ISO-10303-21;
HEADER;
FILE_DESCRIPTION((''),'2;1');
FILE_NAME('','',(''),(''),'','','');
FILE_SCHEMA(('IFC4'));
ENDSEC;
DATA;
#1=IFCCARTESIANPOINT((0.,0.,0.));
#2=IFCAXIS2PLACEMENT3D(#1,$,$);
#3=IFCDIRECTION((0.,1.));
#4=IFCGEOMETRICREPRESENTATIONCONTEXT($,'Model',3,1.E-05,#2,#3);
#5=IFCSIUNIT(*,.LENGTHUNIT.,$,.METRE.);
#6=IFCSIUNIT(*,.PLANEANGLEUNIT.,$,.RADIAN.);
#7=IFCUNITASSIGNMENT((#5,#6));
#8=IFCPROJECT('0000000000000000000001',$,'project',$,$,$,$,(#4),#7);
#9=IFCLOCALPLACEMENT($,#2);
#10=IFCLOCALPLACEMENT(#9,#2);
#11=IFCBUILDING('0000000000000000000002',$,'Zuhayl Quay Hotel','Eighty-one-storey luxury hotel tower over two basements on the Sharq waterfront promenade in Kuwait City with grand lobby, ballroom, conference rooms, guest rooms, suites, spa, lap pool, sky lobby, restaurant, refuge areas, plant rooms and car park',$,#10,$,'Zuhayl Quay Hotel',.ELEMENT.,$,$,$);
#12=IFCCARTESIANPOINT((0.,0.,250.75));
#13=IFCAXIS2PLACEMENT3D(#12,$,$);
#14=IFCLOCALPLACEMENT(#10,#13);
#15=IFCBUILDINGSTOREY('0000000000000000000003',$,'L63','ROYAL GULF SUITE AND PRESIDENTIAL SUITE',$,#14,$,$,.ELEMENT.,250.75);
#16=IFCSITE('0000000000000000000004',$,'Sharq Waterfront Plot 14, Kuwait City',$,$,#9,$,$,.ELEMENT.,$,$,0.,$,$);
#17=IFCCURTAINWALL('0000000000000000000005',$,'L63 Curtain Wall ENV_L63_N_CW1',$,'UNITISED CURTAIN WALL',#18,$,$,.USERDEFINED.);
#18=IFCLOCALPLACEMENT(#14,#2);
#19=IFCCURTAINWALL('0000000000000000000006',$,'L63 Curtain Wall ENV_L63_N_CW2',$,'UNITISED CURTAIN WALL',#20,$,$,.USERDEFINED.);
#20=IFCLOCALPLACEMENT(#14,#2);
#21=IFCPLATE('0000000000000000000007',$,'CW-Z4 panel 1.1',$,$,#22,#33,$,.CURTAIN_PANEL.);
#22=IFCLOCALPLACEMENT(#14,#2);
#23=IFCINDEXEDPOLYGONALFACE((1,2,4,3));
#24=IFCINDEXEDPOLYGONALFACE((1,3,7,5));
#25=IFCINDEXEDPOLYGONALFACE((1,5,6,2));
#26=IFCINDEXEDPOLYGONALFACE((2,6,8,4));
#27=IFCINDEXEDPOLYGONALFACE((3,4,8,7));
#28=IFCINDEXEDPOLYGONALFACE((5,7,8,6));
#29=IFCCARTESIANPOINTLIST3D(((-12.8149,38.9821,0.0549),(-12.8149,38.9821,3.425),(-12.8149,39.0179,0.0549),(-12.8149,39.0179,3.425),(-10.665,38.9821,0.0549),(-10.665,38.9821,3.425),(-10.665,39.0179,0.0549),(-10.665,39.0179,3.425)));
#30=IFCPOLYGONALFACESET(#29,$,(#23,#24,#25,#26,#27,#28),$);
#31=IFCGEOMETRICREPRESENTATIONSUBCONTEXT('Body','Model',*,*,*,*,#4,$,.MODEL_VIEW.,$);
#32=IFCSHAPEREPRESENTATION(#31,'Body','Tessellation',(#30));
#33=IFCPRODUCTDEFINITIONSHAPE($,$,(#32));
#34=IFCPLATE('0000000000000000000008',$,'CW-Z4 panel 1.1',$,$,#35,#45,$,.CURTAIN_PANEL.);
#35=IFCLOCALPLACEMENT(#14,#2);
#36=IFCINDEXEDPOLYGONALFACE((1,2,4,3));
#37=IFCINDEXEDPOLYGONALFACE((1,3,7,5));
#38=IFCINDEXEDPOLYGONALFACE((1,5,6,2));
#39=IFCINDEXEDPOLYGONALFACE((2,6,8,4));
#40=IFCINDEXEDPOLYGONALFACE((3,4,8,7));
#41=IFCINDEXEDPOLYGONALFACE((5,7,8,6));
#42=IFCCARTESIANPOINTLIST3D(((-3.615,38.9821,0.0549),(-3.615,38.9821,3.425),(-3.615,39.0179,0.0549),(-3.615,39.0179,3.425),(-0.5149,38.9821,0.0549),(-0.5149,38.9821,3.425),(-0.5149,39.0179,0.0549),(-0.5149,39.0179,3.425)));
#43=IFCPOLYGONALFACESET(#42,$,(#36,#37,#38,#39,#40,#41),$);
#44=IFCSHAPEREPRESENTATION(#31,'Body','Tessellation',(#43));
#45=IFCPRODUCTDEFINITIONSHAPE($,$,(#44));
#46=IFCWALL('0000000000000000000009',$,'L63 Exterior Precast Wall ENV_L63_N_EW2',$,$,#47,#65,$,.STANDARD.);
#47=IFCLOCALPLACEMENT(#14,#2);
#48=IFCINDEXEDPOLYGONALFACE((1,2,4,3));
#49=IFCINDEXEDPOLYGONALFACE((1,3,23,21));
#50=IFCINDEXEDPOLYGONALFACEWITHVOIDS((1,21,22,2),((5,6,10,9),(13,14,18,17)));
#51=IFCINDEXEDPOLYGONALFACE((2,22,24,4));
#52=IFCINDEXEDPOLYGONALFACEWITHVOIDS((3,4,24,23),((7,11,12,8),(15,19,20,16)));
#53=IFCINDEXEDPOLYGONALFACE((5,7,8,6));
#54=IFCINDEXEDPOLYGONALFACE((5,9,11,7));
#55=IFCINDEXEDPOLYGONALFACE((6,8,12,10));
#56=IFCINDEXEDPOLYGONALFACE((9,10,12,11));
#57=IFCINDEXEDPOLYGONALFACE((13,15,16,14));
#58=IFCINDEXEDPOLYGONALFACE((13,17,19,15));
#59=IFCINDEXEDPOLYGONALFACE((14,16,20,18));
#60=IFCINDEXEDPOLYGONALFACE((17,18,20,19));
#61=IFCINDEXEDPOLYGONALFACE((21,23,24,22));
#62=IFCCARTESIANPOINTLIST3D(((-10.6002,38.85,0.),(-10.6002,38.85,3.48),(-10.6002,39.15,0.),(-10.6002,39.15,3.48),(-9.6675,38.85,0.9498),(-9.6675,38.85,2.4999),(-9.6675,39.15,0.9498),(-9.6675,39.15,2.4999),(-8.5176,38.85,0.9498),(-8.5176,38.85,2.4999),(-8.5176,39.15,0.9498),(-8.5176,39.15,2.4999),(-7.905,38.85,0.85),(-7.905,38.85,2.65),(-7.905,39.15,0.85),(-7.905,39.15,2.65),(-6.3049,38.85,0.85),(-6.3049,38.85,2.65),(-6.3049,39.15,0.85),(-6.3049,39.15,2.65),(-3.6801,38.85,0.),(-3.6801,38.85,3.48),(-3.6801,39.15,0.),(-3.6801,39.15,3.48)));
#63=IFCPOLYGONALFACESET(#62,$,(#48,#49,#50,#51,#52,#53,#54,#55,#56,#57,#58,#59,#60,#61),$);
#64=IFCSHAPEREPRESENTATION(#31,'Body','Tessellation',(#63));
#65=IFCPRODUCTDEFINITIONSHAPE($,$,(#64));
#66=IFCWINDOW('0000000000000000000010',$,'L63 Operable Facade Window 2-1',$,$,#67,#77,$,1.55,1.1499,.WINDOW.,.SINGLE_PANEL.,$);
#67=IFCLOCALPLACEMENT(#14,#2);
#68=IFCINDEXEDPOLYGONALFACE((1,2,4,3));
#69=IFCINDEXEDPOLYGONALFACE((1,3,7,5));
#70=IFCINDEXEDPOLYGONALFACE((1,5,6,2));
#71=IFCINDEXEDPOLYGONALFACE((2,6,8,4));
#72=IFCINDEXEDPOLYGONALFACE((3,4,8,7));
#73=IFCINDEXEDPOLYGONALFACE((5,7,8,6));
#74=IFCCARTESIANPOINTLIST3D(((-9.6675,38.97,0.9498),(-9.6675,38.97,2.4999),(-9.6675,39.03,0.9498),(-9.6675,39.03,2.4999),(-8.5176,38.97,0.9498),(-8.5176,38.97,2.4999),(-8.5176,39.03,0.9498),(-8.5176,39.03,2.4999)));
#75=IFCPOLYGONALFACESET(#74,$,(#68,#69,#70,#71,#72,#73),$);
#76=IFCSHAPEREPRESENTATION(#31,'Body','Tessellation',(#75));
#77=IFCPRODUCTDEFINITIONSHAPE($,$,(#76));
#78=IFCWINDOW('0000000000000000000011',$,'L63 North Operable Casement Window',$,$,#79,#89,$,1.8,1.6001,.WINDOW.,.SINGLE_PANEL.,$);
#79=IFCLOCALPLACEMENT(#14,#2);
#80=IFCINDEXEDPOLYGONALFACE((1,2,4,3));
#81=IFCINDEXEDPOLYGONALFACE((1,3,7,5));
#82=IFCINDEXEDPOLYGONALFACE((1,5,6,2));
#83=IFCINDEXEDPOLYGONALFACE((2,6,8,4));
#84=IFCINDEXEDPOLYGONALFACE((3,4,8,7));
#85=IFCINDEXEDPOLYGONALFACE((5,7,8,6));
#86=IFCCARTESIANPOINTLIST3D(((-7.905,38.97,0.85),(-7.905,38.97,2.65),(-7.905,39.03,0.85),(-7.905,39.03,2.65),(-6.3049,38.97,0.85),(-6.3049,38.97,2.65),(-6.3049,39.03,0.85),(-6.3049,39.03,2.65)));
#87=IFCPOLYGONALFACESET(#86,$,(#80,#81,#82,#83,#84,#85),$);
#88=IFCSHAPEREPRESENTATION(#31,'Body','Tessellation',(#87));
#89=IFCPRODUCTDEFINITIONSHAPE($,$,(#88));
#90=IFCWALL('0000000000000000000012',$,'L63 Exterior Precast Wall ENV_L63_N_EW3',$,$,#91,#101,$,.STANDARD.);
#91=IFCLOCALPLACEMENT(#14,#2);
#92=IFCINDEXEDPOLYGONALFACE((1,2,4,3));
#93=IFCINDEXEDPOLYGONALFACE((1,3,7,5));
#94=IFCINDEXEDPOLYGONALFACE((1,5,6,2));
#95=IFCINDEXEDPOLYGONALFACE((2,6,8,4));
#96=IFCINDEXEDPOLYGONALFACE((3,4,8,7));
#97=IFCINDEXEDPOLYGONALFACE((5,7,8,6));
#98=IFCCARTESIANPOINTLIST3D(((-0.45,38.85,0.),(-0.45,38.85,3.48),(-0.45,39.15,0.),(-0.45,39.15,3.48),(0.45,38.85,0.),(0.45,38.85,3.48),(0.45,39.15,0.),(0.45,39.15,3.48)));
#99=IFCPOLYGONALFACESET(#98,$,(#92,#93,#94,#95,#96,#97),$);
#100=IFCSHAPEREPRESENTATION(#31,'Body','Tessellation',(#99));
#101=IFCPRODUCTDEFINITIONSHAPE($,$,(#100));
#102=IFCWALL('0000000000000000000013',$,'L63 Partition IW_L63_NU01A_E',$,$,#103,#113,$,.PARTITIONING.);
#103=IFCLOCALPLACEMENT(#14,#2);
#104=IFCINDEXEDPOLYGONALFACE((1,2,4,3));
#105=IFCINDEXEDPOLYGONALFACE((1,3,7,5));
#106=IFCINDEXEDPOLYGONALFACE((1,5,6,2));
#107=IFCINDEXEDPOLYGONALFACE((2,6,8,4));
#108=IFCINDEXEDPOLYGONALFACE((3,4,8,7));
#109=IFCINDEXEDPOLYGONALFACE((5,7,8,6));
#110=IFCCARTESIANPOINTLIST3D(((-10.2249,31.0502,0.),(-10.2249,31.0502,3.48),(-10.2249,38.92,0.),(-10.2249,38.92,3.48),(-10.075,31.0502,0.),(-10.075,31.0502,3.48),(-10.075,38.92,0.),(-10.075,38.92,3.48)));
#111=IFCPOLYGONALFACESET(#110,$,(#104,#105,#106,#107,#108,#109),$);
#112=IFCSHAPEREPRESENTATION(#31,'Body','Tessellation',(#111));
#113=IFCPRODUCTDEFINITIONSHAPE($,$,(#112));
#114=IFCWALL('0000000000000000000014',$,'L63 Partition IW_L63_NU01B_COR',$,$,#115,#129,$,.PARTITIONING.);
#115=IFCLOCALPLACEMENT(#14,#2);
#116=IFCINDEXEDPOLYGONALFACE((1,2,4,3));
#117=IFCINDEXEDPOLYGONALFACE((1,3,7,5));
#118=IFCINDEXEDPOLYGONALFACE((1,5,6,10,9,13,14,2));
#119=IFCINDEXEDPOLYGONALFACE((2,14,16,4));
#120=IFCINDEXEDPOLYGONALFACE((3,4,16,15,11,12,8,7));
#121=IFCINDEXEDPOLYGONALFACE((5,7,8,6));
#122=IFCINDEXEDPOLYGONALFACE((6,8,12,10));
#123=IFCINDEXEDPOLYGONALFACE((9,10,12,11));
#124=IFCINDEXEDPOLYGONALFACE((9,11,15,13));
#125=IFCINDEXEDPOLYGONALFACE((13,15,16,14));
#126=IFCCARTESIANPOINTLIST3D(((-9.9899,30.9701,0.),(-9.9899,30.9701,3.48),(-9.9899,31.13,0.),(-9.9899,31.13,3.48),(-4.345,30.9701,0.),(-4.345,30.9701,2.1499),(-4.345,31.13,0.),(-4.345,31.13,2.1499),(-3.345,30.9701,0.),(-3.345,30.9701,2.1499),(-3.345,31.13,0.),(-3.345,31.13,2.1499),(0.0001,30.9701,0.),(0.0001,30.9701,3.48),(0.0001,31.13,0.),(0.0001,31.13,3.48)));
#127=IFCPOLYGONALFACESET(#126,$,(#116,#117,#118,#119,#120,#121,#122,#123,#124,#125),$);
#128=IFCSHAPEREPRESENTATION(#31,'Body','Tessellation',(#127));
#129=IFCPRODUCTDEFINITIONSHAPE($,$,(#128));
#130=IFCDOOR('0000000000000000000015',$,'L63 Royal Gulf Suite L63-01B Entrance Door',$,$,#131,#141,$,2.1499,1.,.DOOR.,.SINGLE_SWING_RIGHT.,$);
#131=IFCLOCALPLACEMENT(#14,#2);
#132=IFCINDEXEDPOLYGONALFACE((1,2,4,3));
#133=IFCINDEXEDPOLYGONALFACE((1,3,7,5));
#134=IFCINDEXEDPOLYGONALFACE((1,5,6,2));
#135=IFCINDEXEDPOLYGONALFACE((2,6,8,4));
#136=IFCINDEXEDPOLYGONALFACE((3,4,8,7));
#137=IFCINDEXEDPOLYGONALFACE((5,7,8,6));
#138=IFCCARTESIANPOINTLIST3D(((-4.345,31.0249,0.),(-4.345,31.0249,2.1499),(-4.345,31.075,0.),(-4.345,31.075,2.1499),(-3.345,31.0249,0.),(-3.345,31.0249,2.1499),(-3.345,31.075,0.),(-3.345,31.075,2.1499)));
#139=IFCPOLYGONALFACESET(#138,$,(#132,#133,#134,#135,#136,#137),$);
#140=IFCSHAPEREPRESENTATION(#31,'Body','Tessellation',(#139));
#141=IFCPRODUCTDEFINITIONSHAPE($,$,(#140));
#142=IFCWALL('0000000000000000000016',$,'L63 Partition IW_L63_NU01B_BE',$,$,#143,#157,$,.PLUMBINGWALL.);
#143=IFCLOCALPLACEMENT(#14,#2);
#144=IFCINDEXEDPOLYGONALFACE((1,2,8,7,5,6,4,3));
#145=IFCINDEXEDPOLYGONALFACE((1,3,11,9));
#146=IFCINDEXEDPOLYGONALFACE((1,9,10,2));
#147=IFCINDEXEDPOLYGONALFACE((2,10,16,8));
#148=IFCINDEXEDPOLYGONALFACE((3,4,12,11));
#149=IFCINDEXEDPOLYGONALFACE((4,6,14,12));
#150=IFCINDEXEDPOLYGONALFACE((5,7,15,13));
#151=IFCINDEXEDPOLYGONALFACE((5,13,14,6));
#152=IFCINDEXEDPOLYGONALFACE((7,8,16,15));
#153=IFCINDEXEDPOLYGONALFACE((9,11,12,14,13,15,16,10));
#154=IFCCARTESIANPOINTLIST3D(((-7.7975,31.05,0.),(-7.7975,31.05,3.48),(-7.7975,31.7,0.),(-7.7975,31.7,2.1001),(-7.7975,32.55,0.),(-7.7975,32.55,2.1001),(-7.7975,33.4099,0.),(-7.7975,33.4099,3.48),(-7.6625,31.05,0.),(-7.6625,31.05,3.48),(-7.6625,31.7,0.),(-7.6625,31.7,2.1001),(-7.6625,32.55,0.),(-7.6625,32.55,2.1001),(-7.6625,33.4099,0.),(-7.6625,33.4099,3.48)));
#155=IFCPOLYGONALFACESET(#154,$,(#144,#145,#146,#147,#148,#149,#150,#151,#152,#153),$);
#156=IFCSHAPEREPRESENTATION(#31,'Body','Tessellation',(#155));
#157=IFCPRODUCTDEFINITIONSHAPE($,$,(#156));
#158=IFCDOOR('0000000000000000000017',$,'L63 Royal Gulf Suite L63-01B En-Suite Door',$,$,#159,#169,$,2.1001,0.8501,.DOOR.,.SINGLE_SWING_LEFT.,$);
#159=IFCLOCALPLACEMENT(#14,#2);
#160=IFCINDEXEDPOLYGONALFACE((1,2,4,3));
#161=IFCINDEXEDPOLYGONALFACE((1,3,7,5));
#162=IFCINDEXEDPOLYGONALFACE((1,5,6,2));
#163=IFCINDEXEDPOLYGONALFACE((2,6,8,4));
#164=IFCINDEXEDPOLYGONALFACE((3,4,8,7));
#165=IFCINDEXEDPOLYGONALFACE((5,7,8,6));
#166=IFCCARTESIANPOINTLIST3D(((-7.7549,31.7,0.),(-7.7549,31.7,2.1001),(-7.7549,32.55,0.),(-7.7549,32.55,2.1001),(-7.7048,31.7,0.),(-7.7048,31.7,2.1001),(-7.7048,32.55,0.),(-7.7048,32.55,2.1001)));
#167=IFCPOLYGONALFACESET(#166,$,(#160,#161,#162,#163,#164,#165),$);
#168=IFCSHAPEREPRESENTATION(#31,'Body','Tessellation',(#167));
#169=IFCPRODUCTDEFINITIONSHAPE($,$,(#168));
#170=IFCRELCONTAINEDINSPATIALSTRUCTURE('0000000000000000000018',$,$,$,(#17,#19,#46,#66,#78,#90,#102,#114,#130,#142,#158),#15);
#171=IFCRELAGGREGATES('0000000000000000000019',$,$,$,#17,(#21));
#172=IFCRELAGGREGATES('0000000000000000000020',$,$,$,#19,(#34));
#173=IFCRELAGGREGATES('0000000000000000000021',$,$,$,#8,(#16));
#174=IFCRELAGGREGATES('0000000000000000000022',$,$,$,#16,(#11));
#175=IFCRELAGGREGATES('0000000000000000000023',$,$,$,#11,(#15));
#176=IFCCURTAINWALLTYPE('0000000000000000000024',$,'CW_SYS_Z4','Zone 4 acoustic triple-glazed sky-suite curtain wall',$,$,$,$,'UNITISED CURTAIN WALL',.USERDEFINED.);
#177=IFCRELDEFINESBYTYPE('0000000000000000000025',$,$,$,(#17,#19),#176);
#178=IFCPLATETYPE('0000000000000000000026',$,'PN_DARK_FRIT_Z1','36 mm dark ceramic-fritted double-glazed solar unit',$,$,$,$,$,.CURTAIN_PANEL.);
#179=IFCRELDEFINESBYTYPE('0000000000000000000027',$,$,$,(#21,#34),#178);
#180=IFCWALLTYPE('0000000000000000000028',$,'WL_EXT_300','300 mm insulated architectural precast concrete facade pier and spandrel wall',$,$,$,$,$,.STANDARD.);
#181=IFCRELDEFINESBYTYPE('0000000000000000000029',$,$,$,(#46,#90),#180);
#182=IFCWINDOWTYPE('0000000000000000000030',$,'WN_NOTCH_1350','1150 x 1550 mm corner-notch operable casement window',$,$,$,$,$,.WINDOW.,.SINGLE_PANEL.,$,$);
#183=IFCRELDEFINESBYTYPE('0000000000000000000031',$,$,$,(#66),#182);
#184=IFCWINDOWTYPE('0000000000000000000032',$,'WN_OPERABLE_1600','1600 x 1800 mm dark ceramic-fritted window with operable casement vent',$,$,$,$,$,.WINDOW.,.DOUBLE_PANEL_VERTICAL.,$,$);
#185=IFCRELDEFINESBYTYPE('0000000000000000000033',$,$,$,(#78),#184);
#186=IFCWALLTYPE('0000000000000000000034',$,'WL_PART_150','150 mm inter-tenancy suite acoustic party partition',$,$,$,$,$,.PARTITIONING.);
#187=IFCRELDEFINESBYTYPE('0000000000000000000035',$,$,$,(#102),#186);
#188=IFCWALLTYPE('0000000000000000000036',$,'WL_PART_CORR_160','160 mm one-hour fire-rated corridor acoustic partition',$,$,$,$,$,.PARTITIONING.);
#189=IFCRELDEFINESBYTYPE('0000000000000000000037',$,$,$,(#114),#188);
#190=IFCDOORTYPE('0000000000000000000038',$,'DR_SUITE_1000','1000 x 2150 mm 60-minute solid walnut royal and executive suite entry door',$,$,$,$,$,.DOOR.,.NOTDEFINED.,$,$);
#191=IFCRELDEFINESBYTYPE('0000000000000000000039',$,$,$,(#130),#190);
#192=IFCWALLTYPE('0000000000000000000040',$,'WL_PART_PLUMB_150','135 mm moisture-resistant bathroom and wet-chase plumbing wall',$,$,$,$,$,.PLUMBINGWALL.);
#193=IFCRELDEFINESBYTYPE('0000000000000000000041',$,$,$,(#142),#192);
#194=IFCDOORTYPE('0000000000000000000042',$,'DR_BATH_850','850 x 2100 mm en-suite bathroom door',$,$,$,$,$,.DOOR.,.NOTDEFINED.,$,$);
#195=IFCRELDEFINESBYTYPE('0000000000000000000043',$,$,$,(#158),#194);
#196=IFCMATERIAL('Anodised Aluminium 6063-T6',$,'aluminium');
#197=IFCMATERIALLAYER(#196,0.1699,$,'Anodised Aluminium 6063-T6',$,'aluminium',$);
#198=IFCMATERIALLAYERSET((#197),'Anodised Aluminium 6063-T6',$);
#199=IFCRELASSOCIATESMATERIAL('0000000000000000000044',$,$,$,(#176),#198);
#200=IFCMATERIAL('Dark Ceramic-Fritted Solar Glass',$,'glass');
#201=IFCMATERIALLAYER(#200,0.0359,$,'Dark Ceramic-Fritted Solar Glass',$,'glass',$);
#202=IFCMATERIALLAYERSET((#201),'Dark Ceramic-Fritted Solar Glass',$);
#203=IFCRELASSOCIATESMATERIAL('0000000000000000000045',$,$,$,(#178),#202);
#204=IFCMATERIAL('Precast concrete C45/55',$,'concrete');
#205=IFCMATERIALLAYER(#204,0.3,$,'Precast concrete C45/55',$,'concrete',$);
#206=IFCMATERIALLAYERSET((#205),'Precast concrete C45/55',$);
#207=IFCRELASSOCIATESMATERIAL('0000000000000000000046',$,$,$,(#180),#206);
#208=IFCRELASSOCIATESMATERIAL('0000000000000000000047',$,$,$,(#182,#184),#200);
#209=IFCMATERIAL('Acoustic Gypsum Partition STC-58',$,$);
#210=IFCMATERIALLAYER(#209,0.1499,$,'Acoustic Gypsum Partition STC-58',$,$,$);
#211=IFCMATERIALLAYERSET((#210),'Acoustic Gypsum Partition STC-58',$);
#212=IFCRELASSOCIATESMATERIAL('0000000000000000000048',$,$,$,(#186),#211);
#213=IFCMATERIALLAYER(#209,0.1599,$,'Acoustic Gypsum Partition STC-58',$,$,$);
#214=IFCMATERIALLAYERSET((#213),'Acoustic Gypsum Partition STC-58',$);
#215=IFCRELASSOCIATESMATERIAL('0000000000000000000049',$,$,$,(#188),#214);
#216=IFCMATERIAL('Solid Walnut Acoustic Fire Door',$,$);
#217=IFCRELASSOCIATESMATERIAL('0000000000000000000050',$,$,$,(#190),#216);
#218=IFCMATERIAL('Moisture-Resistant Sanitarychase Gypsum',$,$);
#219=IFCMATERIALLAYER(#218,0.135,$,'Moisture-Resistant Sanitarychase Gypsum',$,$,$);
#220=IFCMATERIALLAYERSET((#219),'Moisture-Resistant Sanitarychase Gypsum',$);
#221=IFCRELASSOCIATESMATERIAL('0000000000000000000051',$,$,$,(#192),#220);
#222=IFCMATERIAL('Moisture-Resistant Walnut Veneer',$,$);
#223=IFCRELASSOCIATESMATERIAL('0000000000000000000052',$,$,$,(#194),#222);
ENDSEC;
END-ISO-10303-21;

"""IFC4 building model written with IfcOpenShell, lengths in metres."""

from ifc_helpers import new_model, si_unit, direction, frame, frame_2d, origin, origin_2d, place, context, subcontext, project, spatial, rectangle, extrude, material, layer, layer_set, type_object, element, fill, aggregate, save


model = new_model("IFC4")

# Units and contexts
model_context = context("Model", 3, precision=1e-05, world=origin(), true_north=direction((0.0, 1.0)))
body_context = subcontext(model_context, "Body", "Model", "MODEL_VIEW")
ifc_project = project(units=[si_unit("LENGTHUNIT", "METRE"), si_unit("PLANEANGLEUNIT", "RADIAN")], contexts=[model_context])

# Site, building, storey
site_placement = place(None, origin())
site = spatial("IfcSite", under=ifc_project, at=site_placement, Name="Sharq Waterfront Plot 14, Kuwait City", CompositionType="ELEMENT", RefElevation=0.0)
building_placement = place(site_placement, origin())
building = spatial("IfcBuilding", under=site, at=building_placement, Name="Zuhayl Quay Hotel", Description="Eighty-one-storey luxury hotel tower over two basements on the Sharq waterfront promenade in Kuwait City with grand lobby, ballroom, conference rooms, guest rooms, suites, spa, lap pool, sky lobby, restaurant, refuge areas, plant rooms and car park", LongName="Zuhayl Quay Hotel", CompositionType="ELEMENT")
storey_placement = place(building_placement, frame((0.0, 0.0, 250.75)))
storey = spatial("IfcBuildingStorey", under=building, at=storey_placement, Name="L63", Description="ROYAL GULF SUITE AND PRESIDENTIAL SUITE", CompositionType="ELEMENT", Elevation=250.75)

# Curtain wall
ifc_material_1 = material(Name="Anodised Aluminium 6063-T6", Category="aluminium")
ifc_layer_1 = layer(ifc_material_1, 0.1699, Name="Anodised Aluminium 6063-T6", Category="aluminium")
ifc_layer_set_1 = layer_set([ifc_layer_1], Name="Anodised Aluminium 6063-T6")
curtain_wall_type = type_object("IfcCurtainWallType", Name="CW_SYS_Z4", Description="Zone 4 acoustic triple-glazed sky-suite curtain wall", ElementType="UNITISED CURTAIN WALL", PredefinedType="USERDEFINED", material=ifc_layer_set_1)
curtain_wall_1_placement = place(storey_placement, origin())
curtain_wall_1 = element("IfcCurtainWall", 1, at=curtain_wall_1_placement, inside=storey, type_object=curtain_wall_type, Name="L63 Curtain Wall ENV_L63_N_CW1", ObjectType="UNITISED CURTAIN WALL", PredefinedType="USERDEFINED")

# Curtain wall
curtain_wall_2_placement = place(storey_placement, origin())
curtain_wall_2 = element("IfcCurtainWall", 2, at=curtain_wall_2_placement, inside=storey, type_object=curtain_wall_type, Name="L63 Curtain Wall ENV_L63_N_CW2", ObjectType="UNITISED CURTAIN WALL", PredefinedType="USERDEFINED")

# Plates
ifc_material_2 = material(Name="Dark Ceramic-Fritted Solar Glass", Category="glass")
ifc_layer_2 = layer(ifc_material_2, 0.0359, Name="Dark Ceramic-Fritted Solar Glass", Category="glass")
ifc_layer_set_2 = layer_set([ifc_layer_2], Name="Dark Ceramic-Fritted Solar Glass")
plate_type = type_object("IfcPlateType", Name="PN_DARK_FRIT_Z1", Description="36 mm dark ceramic-fritted double-glazed solar unit", PredefinedType="CURTAIN_PANEL", material=ifc_layer_set_2)
plate_1_placement = place(storey_placement, frame((-11.74, 39.0, 0.0549), z_axis=(0.0, 0.0, 1.0), x_axis=(1.0, 0.0, 0.0)))
plate_1 = element("IfcPlate", 3, at=plate_1_placement, type_object=plate_type, Name="CW-Z4 panel 1.1", PredefinedType="CURTAIN_PANEL", context=body_context, shape_type="SweptSolid", body=[
    extrude(rectangle(XDim=2.1499, YDim=0.0359, at=origin_2d()), origin(), (0.0, 0.0, 1.0), 3.3701),
])
aggregate(curtain_wall_1, [plate_1])
plate_2_placement = place(storey_placement, frame((-2.0649, 39.0, 0.0549), z_axis=(0.0, 0.0, 1.0), x_axis=(1.0, 0.0, 0.0)))
plate_2 = element("IfcPlate", 4, at=plate_2_placement, type_object=plate_type, Name="CW-Z4 panel 1.1", PredefinedType="CURTAIN_PANEL", context=body_context, shape_type="SweptSolid", body=[
    extrude(rectangle(XDim=3.1001, YDim=0.0359, at=origin_2d()), origin(), (0.0, 0.0, 1.0), 3.3701),
])
aggregate(curtain_wall_2, [plate_2])

# Wall, openings, windows
ifc_material_3 = material(Name="Precast concrete C45/55", Category="concrete")
ifc_layer_3 = layer(ifc_material_3, 0.3, Name="Precast concrete C45/55", Category="concrete")
ifc_layer_set_3 = layer_set([ifc_layer_3], Name="Precast concrete C45/55")
wall_type_1 = type_object("IfcWallType", Name="WL_EXT_300", Description="300 mm insulated architectural precast concrete facade pier and spandrel wall", PredefinedType="STANDARD", material=ifc_layer_set_3)
wall_1_placement = place(storey_placement, frame((-10.6001, 39.0, 0.0), z_axis=(0.0, 0.0, 1.0), x_axis=(1.0, 0.0, 0.0)))
wall_1 = element("IfcWall", 5, at=wall_1_placement, inside=storey, type_object=wall_type_1, Name="L63 Exterior Precast Wall ENV_L63_N_EW2", PredefinedType="STANDARD", context=body_context, shape_type="SweptSolid", body=[
    extrude(rectangle(XDim=6.9202, YDim=0.3, at=frame_2d((3.46, 0.0))), origin(), (0.0, 0.0, 1.0), 3.48),
])
opening_1_placement = place(wall_1_placement, frame((2.6951, 0.0, 0.8501)))
opening_1 = element("IfcOpeningElement", 6, at=opening_1_placement, cuts=wall_1, PredefinedType="OPENING", context=body_context, shape_type="SweptSolid", body=[
    extrude(rectangle(XDim=1.6001, YDim=1.8, at=frame_2d((0.8, 0.8999))), frame((0.0, 0.1599, 0.0), z_axis=(0.0, -1.0, 0.0), x_axis=(1.0, 0.0, 0.0)), (0.0, 0.0, 1.0), 0.3201),
])
opening_2_placement = place(wall_1_placement, frame((0.9326, 0.0, 0.95)))
opening_2 = element("IfcOpeningElement", 7, at=opening_2_placement, cuts=wall_1, PredefinedType="OPENING", context=body_context, shape_type="SweptSolid", body=[
    extrude(rectangle(XDim=1.1499, YDim=1.55, at=frame_2d((0.575, 0.7749))), frame((0.0, 0.1599, 0.0), z_axis=(0.0, -1.0, 0.0), x_axis=(1.0, 0.0, 0.0)), (0.0, 0.0, 1.0), 0.3201),
])
window_type_1 = type_object("IfcWindowType", Name="WN_NOTCH_1350", Description="1150 x 1550 mm corner-notch operable casement window", PartitioningType="SINGLE_PANEL", PredefinedType="WINDOW", material=ifc_material_2)
window_1_placement = place(opening_2_placement, origin())
window_1 = element("IfcWindow", 8, at=window_1_placement, inside=storey, type_object=window_type_1, Name="L63 Operable Facade Window 2-1", OverallHeight=1.55, OverallWidth=1.1499, PartitioningType="SINGLE_PANEL", PredefinedType="WINDOW", context=body_context, shape_type="SweptSolid", body=[
    extrude(rectangle(XDim=1.1499, YDim=1.55, at=frame_2d((0.575, 0.7749))), frame((0.0, 0.03, 0.0), z_axis=(0.0, -1.0, 0.0), x_axis=(1.0, 0.0, 0.0)), (0.0, 0.0, 1.0), 0.0601),
])
fill(opening_2, window_1)
window_type_2 = type_object("IfcWindowType", Name="WN_OPERABLE_1600", Description="1600 x 1800 mm dark ceramic-fritted window with operable casement vent", PartitioningType="DOUBLE_PANEL_VERTICAL", PredefinedType="WINDOW", material=ifc_material_2)
window_2_placement = place(opening_1_placement, origin())
window_2 = element("IfcWindow", 9, at=window_2_placement, inside=storey, type_object=window_type_2, Name="L63 North Operable Casement Window", OverallHeight=1.8, OverallWidth=1.6001, PartitioningType="SINGLE_PANEL", PredefinedType="WINDOW", context=body_context, shape_type="SweptSolid", body=[
    extrude(rectangle(XDim=1.6001, YDim=1.8, at=frame_2d((0.8, 0.8999))), frame((0.0, 0.03, 0.0), z_axis=(0.0, -1.0, 0.0), x_axis=(1.0, 0.0, 0.0)), (0.0, 0.0, 1.0), 0.0601),
])
fill(opening_1, window_2)

# Walls
wall_2_placement = place(storey_placement, frame((-0.45, 39.0, 0.0), z_axis=(0.0, 0.0, 1.0), x_axis=(1.0, 0.0, 0.0)))
element("IfcWall", 10, at=wall_2_placement, inside=storey, type_object=wall_type_1, Name="L63 Exterior Precast Wall ENV_L63_N_EW3", PredefinedType="STANDARD", context=body_context, shape_type="SweptSolid", body=[
    extrude(rectangle(XDim=0.8999, YDim=0.3, at=frame_2d((0.45, 0.0))), origin(), (0.0, 0.0, 1.0), 3.48),
])
ifc_material_4 = material(Name="Acoustic Gypsum Partition STC-58")
ifc_layer_4 = layer(ifc_material_4, 0.1499, Name="Acoustic Gypsum Partition STC-58")
ifc_layer_set_4 = layer_set([ifc_layer_4], Name="Acoustic Gypsum Partition STC-58")
wall_type_2 = type_object("IfcWallType", Name="WL_PART_150", Description="150 mm inter-tenancy suite acoustic party partition", PredefinedType="PARTITIONING", material=ifc_layer_set_4)
wall_3_placement = place(storey_placement, frame((-10.1499, 31.05, 0.0), z_axis=(0.0, 0.0, 1.0), x_axis=(0.0, 1.0, 0.0)))
element("IfcWall", 11, at=wall_3_placement, inside=storey, type_object=wall_type_2, Name="L63 Partition IW_L63_NU01A_E", PredefinedType="PARTITIONING", context=body_context, shape_type="SweptSolid", body=[
    extrude(rectangle(XDim=7.8699, YDim=0.1499, at=frame_2d((3.9351, 0.0))), origin(), (0.0, 0.0, 1.0), 3.48),
])

# Walls, openings, doors
ifc_layer_5 = layer(ifc_material_4, 0.1599, Name="Acoustic Gypsum Partition STC-58")
ifc_layer_set_5 = layer_set([ifc_layer_5], Name="Acoustic Gypsum Partition STC-58")
wall_type_3 = type_object("IfcWallType", Name="WL_PART_CORR_160", Description="160 mm one-hour fire-rated corridor acoustic partition", PredefinedType="PARTITIONING", material=ifc_layer_set_5)
wall_4_placement = place(storey_placement, frame((-9.99, 31.05, 0.0), z_axis=(0.0, 0.0, 1.0), x_axis=(1.0, 0.0, 0.0)))
wall_4 = element("IfcWall", 12, at=wall_4_placement, inside=storey, type_object=wall_type_3, Name="L63 Partition IW_L63_NU01B_COR", PredefinedType="PARTITIONING", context=body_context, shape_type="SweptSolid", body=[
    extrude(rectangle(XDim=9.99, YDim=0.1599, at=frame_2d((4.9951, 0.0))), origin(), (0.0, 0.0, 1.0), 3.48),
])
opening_3_placement = place(wall_4_placement, frame((5.645, 0.0, 0.0)))
opening_3 = element("IfcOpeningElement", 13, at=opening_3_placement, cuts=wall_4, PredefinedType="OPENING", context=body_context, shape_type="SweptSolid", body=[
    extrude(rectangle(XDim=1.0, YDim=2.1499, at=frame_2d((0.5, 1.075))), frame((0.0, 0.0898, 0.0), z_axis=(0.0, -1.0, 0.0), x_axis=(1.0, 0.0, 0.0)), (0.0, 0.0, 1.0), 0.1799),
])
ifc_material_5 = material(Name="Solid Walnut Acoustic Fire Door")
door_type_1 = type_object("IfcDoorType", Name="DR_SUITE_1000", Description="1000 x 2150 mm 60-minute solid walnut royal and executive suite entry door", OperationType="NOTDEFINED", PredefinedType="DOOR", material=ifc_material_5)
door_1_placement = place(opening_3_placement, origin())
door_1 = element("IfcDoor", 14, at=door_1_placement, inside=storey, type_object=door_type_1, Name="L63 Royal Gulf Suite L63-01B Entrance Door", OperationType="SINGLE_SWING_RIGHT", OverallHeight=2.1499, OverallWidth=1.0, PredefinedType="DOOR", context=body_context, shape_type="SweptSolid", body=[
    extrude(rectangle(XDim=1.0, YDim=2.1499, at=frame_2d((0.5, 1.075))), frame((0.0, 0.0249, 0.0), z_axis=(0.0, -1.0, 0.0), x_axis=(1.0, 0.0, 0.0)), (0.0, 0.0, 1.0), 0.05),
])
fill(opening_3, door_1)
ifc_material_6 = material(Name="Moisture-Resistant Sanitarychase Gypsum")
ifc_layer_6 = layer(ifc_material_6, 0.135, Name="Moisture-Resistant Sanitarychase Gypsum")
ifc_layer_set_6 = layer_set([ifc_layer_6], Name="Moisture-Resistant Sanitarychase Gypsum")
wall_type_4 = type_object("IfcWallType", Name="WL_PART_PLUMB_150", Description="135 mm moisture-resistant bathroom and wet-chase plumbing wall", PredefinedType="PLUMBINGWALL", material=ifc_layer_set_6)
wall_5_placement = place(storey_placement, frame((-7.73, 31.05, 0.0), z_axis=(0.0, 0.0, 1.0), x_axis=(0.0, 1.0, 0.0)))
wall_5 = element("IfcWall", 15, at=wall_5_placement, inside=storey, type_object=wall_type_4, Name="L63 Partition IW_L63_NU01B_BE", PredefinedType="PLUMBINGWALL", context=body_context, shape_type="SweptSolid", body=[
    extrude(rectangle(XDim=2.3599, YDim=0.135, at=frame_2d((1.1799, 0.0))), origin(), (0.0, 0.0, 1.0), 3.48),
])
opening_4_placement = place(wall_5_placement, frame((0.6499, 0.0, 0.0)))
opening_4 = element("IfcOpeningElement", 16, at=opening_4_placement, cuts=wall_5, PredefinedType="OPENING", context=body_context, shape_type="SweptSolid", body=[
    extrude(rectangle(XDim=0.8501, YDim=2.1001, at=frame_2d((0.425, 1.05))), frame((0.0, 0.0774, 0.0), z_axis=(0.0, -1.0, 0.0), x_axis=(1.0, 0.0, 0.0)), (0.0, 0.0, 1.0), 0.155),
])
ifc_material_7 = material(Name="Moisture-Resistant Walnut Veneer")
door_type_2 = type_object("IfcDoorType", Name="DR_BATH_850", Description="850 x 2100 mm en-suite bathroom door", OperationType="NOTDEFINED", PredefinedType="DOOR", material=ifc_material_7)
door_2_placement = place(opening_4_placement, origin())
door_2 = element("IfcDoor", 17, at=door_2_placement, inside=storey, type_object=door_type_2, Name="L63 Royal Gulf Suite L63-01B En-Suite Door", OperationType="SINGLE_SWING_LEFT", OverallHeight=2.1001, OverallWidth=0.8501, PredefinedType="DOOR", context=body_context, shape_type="SweptSolid", body=[
    extrude(rectangle(XDim=0.8501, YDim=2.1001, at=frame_2d((0.425, 1.05))), frame((0.0, 0.0249, 0.0), z_axis=(0.0, -1.0, 0.0), x_axis=(1.0, 0.0, 0.0)), (0.0, 0.0, 1.0), 0.05),
])
fill(opening_4, door_2)

save(model, "model.ifc")
